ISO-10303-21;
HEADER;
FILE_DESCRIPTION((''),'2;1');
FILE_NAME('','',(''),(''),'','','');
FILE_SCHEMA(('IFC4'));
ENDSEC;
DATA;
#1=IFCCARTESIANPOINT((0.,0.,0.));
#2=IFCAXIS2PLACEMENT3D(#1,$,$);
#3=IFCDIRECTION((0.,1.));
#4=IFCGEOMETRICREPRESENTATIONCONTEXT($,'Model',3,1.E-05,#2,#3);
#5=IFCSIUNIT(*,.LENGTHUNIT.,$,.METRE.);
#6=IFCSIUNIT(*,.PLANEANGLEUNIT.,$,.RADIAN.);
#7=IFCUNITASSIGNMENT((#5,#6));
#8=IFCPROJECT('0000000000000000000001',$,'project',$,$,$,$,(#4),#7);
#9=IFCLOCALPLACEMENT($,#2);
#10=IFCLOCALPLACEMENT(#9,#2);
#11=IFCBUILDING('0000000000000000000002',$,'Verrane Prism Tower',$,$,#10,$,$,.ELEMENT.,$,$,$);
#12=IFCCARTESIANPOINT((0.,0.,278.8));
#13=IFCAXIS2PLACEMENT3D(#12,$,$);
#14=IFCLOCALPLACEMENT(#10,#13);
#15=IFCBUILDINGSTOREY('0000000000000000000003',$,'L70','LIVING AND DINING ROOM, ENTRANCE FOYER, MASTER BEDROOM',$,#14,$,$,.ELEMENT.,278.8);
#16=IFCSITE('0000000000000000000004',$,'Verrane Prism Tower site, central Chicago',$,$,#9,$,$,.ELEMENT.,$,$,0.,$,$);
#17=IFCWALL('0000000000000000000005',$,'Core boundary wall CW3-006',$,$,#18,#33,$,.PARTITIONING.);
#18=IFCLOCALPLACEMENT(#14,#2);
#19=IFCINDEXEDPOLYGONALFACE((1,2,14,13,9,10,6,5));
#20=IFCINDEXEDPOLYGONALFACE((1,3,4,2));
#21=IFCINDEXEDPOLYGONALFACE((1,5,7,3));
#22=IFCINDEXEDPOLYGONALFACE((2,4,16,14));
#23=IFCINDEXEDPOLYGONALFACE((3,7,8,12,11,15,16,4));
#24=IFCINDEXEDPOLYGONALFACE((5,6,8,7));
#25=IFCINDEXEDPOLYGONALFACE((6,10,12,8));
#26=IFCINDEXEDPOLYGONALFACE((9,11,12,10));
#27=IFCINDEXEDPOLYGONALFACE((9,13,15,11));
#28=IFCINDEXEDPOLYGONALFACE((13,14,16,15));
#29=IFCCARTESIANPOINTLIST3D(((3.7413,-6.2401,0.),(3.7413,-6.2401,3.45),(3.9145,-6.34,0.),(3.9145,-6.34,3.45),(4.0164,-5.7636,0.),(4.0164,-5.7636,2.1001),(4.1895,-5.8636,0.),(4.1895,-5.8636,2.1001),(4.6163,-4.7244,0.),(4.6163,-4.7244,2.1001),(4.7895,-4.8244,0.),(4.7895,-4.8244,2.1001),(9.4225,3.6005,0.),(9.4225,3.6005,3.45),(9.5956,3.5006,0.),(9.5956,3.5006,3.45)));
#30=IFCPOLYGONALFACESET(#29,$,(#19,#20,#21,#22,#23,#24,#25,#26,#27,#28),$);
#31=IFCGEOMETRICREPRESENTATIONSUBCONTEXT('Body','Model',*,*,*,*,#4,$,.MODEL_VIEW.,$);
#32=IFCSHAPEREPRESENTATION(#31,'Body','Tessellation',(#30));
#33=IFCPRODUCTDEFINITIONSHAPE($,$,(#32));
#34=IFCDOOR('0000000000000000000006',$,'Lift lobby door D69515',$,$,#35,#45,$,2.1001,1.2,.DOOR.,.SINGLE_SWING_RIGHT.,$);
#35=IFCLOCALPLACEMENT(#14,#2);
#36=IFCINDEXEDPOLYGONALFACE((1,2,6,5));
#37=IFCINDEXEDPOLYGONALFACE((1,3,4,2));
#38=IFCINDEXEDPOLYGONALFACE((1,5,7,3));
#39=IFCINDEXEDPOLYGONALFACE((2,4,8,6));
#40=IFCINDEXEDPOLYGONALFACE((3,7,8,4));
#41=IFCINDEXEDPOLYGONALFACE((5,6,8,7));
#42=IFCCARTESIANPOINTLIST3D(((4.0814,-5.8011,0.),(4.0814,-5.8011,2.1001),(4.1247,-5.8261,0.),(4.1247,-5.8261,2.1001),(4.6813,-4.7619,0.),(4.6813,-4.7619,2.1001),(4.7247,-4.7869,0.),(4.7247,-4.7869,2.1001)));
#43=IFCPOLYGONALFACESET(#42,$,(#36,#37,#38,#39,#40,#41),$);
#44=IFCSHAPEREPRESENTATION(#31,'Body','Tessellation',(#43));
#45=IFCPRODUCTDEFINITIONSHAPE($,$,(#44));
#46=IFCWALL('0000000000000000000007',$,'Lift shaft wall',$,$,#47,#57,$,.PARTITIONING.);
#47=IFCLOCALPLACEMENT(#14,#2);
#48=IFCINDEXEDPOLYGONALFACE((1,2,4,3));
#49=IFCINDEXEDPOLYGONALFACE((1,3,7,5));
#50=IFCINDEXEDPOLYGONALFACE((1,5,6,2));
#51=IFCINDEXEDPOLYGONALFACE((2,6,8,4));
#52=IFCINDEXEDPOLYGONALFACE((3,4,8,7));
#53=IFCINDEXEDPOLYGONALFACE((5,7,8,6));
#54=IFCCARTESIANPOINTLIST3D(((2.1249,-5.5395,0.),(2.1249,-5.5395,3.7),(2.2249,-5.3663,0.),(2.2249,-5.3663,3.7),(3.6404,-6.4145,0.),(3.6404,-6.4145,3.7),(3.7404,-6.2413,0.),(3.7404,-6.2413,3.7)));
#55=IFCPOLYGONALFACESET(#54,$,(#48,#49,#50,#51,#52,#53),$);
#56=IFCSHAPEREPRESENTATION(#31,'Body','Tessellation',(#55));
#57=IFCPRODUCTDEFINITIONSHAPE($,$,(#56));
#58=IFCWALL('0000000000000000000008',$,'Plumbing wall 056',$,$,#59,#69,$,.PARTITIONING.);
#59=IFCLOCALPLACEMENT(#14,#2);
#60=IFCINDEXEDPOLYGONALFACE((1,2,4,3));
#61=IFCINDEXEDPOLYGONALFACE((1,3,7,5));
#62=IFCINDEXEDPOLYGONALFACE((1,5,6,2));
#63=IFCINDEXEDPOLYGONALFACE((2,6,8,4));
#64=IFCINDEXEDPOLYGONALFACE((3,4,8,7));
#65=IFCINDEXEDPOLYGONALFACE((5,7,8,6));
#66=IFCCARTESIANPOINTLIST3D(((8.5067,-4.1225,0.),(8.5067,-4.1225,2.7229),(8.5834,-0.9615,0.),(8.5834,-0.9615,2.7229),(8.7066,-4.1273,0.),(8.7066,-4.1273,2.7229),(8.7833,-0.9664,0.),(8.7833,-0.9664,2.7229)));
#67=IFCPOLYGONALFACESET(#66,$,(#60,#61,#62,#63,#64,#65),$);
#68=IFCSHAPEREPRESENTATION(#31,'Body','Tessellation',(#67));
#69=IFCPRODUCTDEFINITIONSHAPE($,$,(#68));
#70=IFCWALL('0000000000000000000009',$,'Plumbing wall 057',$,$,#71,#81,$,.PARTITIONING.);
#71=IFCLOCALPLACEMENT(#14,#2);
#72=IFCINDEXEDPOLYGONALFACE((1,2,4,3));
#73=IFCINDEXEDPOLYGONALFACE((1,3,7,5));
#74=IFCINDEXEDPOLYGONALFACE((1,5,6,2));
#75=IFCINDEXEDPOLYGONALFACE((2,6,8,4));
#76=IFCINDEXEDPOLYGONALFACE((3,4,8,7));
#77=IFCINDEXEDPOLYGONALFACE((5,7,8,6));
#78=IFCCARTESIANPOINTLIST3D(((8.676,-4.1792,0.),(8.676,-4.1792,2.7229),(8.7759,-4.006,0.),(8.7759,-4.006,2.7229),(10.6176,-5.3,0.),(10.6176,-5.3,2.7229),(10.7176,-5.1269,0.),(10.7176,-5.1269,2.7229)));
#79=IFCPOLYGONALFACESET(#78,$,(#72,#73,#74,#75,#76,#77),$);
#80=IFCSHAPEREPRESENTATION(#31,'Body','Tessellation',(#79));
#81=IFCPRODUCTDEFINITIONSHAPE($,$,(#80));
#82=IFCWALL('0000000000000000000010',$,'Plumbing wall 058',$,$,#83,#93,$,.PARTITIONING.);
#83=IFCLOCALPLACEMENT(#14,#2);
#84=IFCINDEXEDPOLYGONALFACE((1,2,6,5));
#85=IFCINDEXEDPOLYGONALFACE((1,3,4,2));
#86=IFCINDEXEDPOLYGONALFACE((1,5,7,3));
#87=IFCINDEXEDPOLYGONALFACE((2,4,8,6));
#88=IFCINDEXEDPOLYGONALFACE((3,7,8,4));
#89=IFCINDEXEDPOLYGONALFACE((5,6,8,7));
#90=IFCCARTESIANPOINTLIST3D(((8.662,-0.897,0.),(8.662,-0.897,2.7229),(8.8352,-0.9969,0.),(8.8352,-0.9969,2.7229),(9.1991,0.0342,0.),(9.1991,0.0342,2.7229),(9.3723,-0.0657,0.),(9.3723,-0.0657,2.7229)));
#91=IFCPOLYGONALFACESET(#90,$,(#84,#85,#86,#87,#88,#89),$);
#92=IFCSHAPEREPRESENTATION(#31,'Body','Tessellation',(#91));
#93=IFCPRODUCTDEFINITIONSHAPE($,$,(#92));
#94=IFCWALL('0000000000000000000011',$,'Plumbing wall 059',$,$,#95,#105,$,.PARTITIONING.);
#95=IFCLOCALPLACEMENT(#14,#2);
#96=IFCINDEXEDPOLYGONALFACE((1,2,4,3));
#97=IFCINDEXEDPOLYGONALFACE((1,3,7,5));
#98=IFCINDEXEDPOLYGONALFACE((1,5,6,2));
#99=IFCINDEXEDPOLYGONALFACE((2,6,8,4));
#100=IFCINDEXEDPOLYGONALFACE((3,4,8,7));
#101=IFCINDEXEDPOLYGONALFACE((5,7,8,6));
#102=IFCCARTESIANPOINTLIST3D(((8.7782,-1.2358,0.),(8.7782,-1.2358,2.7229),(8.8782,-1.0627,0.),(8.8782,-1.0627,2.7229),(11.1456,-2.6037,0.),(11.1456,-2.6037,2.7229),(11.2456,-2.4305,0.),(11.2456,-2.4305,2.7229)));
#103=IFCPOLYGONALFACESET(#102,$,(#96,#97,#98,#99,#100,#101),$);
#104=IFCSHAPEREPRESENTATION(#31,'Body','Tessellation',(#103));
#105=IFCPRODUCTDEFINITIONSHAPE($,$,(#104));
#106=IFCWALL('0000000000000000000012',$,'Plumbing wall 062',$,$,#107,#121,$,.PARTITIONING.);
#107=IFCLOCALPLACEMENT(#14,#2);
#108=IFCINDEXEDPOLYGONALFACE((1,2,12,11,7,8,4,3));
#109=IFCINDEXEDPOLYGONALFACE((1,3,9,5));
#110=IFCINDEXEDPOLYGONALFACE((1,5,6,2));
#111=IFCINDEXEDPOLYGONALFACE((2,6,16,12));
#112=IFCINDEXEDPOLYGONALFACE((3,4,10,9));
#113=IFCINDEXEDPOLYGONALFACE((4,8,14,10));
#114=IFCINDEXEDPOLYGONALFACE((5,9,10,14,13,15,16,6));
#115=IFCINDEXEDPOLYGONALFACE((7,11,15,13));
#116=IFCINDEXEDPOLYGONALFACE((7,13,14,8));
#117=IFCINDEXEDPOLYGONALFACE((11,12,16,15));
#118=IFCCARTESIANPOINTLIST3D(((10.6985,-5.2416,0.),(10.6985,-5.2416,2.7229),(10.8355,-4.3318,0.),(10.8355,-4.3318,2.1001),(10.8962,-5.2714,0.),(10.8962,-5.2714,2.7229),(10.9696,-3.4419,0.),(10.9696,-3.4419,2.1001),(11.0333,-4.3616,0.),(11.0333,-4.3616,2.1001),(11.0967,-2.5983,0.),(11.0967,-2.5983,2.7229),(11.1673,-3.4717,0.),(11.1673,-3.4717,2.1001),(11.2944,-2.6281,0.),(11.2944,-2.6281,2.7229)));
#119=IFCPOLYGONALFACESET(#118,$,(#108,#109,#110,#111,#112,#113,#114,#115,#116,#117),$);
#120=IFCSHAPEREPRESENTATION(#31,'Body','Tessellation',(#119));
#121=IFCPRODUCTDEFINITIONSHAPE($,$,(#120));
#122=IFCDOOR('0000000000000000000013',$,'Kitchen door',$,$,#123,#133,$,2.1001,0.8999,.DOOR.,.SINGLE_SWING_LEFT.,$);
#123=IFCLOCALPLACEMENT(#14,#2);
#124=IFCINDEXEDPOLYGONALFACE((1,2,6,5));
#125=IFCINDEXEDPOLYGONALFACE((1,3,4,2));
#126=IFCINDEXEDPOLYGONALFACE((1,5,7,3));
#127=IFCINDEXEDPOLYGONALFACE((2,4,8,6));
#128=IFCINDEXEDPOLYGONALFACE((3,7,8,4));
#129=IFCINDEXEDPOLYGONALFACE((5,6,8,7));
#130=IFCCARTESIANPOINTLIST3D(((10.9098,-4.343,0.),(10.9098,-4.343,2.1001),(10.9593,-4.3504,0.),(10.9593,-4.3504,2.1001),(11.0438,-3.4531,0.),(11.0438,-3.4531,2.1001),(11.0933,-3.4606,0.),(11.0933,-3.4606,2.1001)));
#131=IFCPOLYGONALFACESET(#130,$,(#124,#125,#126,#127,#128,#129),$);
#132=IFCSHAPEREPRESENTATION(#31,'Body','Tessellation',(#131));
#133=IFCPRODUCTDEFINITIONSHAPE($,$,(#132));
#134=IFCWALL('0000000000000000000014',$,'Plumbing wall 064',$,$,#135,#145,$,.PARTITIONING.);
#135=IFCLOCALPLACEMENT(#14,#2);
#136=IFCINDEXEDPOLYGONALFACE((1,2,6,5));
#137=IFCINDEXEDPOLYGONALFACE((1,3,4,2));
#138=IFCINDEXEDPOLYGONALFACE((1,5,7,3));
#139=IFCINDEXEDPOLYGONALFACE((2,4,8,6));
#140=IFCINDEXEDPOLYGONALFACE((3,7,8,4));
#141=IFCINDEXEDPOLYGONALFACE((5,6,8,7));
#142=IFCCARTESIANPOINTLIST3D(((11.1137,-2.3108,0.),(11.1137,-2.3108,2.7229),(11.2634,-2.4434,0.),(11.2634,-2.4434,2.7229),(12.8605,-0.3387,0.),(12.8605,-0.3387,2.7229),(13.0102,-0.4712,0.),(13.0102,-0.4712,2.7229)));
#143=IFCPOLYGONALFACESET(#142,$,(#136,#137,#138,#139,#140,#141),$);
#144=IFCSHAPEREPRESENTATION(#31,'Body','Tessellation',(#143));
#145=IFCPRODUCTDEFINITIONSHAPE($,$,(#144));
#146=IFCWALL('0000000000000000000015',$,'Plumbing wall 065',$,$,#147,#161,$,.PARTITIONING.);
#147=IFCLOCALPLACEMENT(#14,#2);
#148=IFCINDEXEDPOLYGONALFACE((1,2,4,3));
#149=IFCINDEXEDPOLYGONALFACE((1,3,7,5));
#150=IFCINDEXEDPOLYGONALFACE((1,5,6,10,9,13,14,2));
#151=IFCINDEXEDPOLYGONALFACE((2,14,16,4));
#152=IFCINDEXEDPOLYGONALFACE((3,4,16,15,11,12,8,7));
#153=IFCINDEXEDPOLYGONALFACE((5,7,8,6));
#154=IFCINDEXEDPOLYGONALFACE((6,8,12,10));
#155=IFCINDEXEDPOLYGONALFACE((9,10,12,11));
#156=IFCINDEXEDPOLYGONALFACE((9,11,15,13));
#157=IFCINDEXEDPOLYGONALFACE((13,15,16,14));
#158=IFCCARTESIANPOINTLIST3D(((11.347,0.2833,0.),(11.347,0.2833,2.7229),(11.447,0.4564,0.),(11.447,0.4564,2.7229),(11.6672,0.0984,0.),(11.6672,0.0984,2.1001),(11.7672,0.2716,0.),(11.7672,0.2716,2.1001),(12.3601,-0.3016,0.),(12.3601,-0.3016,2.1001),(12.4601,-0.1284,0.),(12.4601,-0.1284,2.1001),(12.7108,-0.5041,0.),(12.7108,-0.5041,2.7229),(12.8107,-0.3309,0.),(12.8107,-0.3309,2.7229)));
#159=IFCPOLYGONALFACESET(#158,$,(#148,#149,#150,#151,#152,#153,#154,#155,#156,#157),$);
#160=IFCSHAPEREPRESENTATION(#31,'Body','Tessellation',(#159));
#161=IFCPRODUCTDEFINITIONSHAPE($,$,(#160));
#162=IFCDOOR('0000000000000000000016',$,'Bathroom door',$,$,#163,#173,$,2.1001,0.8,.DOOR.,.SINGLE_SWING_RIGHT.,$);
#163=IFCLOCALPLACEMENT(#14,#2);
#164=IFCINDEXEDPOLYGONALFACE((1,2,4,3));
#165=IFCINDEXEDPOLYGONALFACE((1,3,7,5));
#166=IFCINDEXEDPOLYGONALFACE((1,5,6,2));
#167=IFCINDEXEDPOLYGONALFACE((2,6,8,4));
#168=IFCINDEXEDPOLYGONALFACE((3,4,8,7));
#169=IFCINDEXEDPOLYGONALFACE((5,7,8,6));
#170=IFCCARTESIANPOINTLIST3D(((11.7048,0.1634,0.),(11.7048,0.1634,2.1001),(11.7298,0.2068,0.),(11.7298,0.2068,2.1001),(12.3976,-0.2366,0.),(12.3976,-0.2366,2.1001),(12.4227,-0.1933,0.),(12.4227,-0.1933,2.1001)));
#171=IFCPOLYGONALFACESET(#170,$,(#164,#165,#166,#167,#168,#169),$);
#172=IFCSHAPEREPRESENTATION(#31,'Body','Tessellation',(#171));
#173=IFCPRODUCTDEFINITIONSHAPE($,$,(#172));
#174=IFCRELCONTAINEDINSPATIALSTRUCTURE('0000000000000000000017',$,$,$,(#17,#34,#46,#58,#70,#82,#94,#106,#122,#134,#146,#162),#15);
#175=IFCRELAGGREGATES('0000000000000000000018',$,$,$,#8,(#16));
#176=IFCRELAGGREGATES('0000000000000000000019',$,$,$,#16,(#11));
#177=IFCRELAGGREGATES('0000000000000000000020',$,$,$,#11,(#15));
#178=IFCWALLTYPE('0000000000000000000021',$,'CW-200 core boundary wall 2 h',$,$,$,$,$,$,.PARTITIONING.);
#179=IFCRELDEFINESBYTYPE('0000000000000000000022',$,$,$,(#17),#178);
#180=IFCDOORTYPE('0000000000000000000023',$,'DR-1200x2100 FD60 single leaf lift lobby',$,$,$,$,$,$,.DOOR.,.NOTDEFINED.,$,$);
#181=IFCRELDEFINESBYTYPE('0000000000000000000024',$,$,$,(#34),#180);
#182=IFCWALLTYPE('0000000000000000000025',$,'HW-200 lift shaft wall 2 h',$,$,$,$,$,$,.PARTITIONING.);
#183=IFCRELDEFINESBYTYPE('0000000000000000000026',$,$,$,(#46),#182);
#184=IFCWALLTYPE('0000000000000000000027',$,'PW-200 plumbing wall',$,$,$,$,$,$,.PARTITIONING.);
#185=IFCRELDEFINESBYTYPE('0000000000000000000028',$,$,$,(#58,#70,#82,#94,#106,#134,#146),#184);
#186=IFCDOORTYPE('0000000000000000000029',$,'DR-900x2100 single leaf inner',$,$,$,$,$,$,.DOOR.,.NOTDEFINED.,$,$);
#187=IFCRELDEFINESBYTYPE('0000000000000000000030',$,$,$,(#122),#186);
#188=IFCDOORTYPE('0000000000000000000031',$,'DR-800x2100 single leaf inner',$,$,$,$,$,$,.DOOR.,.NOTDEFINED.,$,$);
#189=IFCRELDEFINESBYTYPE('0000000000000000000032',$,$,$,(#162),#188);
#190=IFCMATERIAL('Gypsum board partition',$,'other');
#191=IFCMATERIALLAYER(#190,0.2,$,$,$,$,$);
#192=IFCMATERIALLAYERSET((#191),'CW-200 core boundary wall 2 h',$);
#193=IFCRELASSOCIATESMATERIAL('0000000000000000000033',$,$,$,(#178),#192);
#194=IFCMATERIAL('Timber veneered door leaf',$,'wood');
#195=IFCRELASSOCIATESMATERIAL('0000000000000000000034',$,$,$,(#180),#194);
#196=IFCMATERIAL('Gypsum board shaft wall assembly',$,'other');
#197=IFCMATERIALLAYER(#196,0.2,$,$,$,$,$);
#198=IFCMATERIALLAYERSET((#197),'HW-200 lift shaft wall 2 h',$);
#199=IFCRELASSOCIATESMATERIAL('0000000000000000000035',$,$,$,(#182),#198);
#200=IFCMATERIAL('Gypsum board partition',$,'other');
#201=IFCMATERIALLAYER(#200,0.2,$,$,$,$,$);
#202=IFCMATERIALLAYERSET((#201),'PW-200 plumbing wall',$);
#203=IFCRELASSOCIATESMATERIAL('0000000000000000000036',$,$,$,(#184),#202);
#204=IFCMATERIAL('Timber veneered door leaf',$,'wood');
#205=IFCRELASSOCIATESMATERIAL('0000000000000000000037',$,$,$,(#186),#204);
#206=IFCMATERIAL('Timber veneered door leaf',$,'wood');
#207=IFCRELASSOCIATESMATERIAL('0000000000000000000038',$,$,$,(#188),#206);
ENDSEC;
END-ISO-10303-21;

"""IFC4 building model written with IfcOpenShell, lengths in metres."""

from ifc_helpers import new_model, si_unit, direction, frame, frame_2d, origin, place, context, subcontext, project, spatial, rectangle, extrude, material, layer, layer_set, type_object, element, fill, save


model = new_model("IFC4")

# Units and contexts
model_context = context("Model", 3, precision=1e-05, world=origin(), true_north=direction((0.0, 1.0)))
body_context = subcontext(model_context, "Body", "Model", "MODEL_VIEW")
ifc_project = project(units=[si_unit("LENGTHUNIT", "METRE"), si_unit("PLANEANGLEUNIT", "RADIAN")], contexts=[model_context])

# Site, building, storey
site_placement = place(None, origin())
site = spatial("IfcSite", under=ifc_project, at=site_placement, Name="Verrane Prism Tower site, central Chicago", CompositionType="ELEMENT", RefElevation=0.0)
building_placement = place(site_placement, origin())
building = spatial("IfcBuilding", under=site, at=building_placement, Name="Verrane Prism Tower", CompositionType="ELEMENT")
storey_placement = place(building_placement, frame((0.0, 0.0, 278.8)))
storey = spatial("IfcBuildingStorey", under=building, at=storey_placement, Name="L70", Description="LIVING AND DINING ROOM, ENTRANCE FOYER, MASTER BEDROOM", CompositionType="ELEMENT", Elevation=278.8)

# Wall, opening, door
ifc_material_1 = material(Name="Gypsum board partition", Category="other")
ifc_layer_1 = layer(ifc_material_1, 0.2)
ifc_layer_set_1 = layer_set([ifc_layer_1], Name="CW-200 core boundary wall 2 h")
wall_type_1 = type_object("IfcWallType", Name="CW-200 core boundary wall 2 h", PredefinedType="PARTITIONING", material=ifc_layer_set_1)
wall_1_placement = place(storey_placement, frame((3.8279, -6.29, 0.0), z_axis=(0.0, 0.0, 1.0), x_axis=(0.49998, 0.866037, 0.0)))
wall_1 = element("IfcWall", 1, at=wall_1_placement, inside=storey, type_object=wall_type_1, Name="Core boundary wall CW3-006", PredefinedType="PARTITIONING", context=body_context, shape_type="SweptSolid", body=[
    extrude(rectangle(XDim=11.3628, YDim=0.2, at=frame_2d((5.6814, 0.0))), origin(), (0.0, 0.0, 1.0), 3.45),
])
opening_1_placement = place(wall_1_placement, frame((0.55, 0.0, 0.0)))
opening_1 = element("IfcOpeningElement", 2, at=opening_1_placement, cuts=wall_1, PredefinedType="OPENING", context=body_context, shape_type="SweptSolid", body=[
    extrude(rectangle(XDim=1.2, YDim=2.1001, at=frame_2d((0.6001, 1.05))), frame((0.0, 0.1099, 0.0), z_axis=(0.0, -1.0, 0.0), x_axis=(1.0, 0.0, 0.0)), (0.0, 0.0, 1.0), 0.22),
])
ifc_material_2 = material(Name="Timber veneered door leaf", Category="wood")
door_type_1 = type_object("IfcDoorType", Name="DR-1200x2100 FD60 single leaf lift lobby", OperationType="NOTDEFINED", PredefinedType="DOOR", material=ifc_material_2)
door_1_placement = place(opening_1_placement, origin())
door_1 = element("IfcDoor", 3, at=door_1_placement, inside=storey, type_object=door_type_1, Name="Lift lobby door D69515", OperationType="SINGLE_SWING_RIGHT", OverallHeight=2.1001, OverallWidth=1.2, PredefinedType="DOOR", context=body_context, shape_type="SweptSolid", body=[
    extrude(rectangle(XDim=1.2, YDim=2.1001, at=frame_2d((0.6001, 1.05))), frame((0.0, 0.0249, 0.0), z_axis=(0.0, -1.0, 0.0), x_axis=(1.0, 0.0, 0.0)), (0.0, 0.0, 1.0), 0.05),
])
fill(opening_1, door_1)

# Walls
ifc_material_3 = material(Name="Gypsum board shaft wall assembly", Category="other")
ifc_layer_2 = layer(ifc_material_3, 0.2)
ifc_layer_set_2 = layer_set([ifc_layer_2], Name="HW-200 lift shaft wall 2 h")
wall_type_2 = type_object("IfcWallType", Name="HW-200 lift shaft wall 2 h", PredefinedType="PARTITIONING", material=ifc_layer_set_2)
wall_2_placement = place(storey_placement, frame((3.6904, -6.3279, 0.0), z_axis=(0.0, 0.0, 1.0), x_axis=(-0.866037, 0.49998, 0.0)))
element("IfcWall", 4, at=wall_2_placement, inside=storey, type_object=wall_type_2, Name="Lift shaft wall", PredefinedType="PARTITIONING", context=body_context, shape_type="SweptSolid", body=[
    extrude(rectangle(XDim=1.75, YDim=0.2, at=frame_2d((0.875, 0.0))), origin(), (0.0, 0.0, 1.0), 3.7),
])
ifc_material_4 = material(Name="Gypsum board partition", Category="other")
ifc_layer_3 = layer(ifc_material_4, 0.2)
ifc_layer_set_3 = layer_set([ifc_layer_3], Name="PW-200 plumbing wall")
wall_type_3 = type_object("IfcWallType", Name="PW-200 plumbing wall", PredefinedType="PARTITIONING", material=ifc_layer_set_3)
wall_3_placement = place(storey_placement, frame((8.6067, -4.125, 0.0), z_axis=(0.0, 0.0, 1.0), x_axis=(0.024246, 0.999706, 0.0)))
element("IfcWall", 5, at=wall_3_placement, inside=storey, type_object=wall_type_3, Name="Plumbing wall 056", PredefinedType="PARTITIONING", context=body_context, shape_type="SweptSolid", body=[
    extrude(rectangle(XDim=3.1619, YDim=0.2, at=frame_2d((1.5811, 0.0))), origin(), (0.0, 0.0, 1.0), 2.7229),
])
wall_4_placement = place(storey_placement, frame((8.7258, -4.0925, 0.0), z_axis=(0.0, 0.0, 1.0), x_axis=(0.866057, -0.499946, 0.0)))
element("IfcWall", 6, at=wall_4_placement, inside=storey, type_object=wall_type_3, Name="Plumbing wall 057", PredefinedType="PARTITIONING", context=body_context, shape_type="SweptSolid", body=[
    extrude(rectangle(XDim=2.2419, YDim=0.2, at=frame_2d((1.1211, 0.0))), origin(), (0.0, 0.0, 1.0), 2.7229),
])
wall_5_placement = place(storey_placement, frame((8.7485, -0.947, 0.0), z_axis=(0.0, 0.0, 1.0), x_axis=(0.499657, 0.866223, 0.0)))
element("IfcWall", 7, at=wall_5_placement, inside=storey, type_object=wall_type_3, Name="Plumbing wall 058", PredefinedType="PARTITIONING", context=body_context, shape_type="SweptSolid", body=[
    extrude(rectangle(XDim=1.075, YDim=0.2, at=frame_2d((0.5376, 0.0))), origin(), (0.0, 0.0, 1.0), 2.7229),
])
wall_6_placement = place(storey_placement, frame((8.8281, -1.1492, 0.0), z_axis=(0.0, 0.0, 1.0), x_axis=(0.865854, -0.500297, 0.0)))
element("IfcWall", 8, at=wall_6_placement, inside=storey, type_object=wall_type_3, Name="Plumbing wall 059", PredefinedType="PARTITIONING", context=body_context, shape_type="SweptSolid", body=[
    extrude(rectangle(XDim=2.7341, YDim=0.2, at=frame_2d((1.3672, 0.0))), origin(), (0.0, 0.0, 1.0), 2.7229),
])

# Wall, opening, door
wall_7_placement = place(storey_placement, frame((10.7974, -5.2563, 0.0), z_axis=(0.0, 0.0, 1.0), x_axis=(0.148961, 0.988843, 0.0)))
wall_7 = element("IfcWall", 9, at=wall_7_placement, inside=storey, type_object=wall_type_3, Name="Plumbing wall 062", PredefinedType="PARTITIONING", context=body_context, shape_type="SweptSolid", body=[
    extrude(rectangle(XDim=2.6731, YDim=0.2, at=frame_2d((1.3364, 0.0))), origin(), (0.0, 0.0, 1.0), 2.7229),
])
opening_2_placement = place(wall_7_placement, frame((0.9199, 0.0, 0.0)))
opening_2 = element("IfcOpeningElement", 10, at=opening_2_placement, cuts=wall_7, PredefinedType="OPENING", context=body_context, shape_type="SweptSolid", body=[
    extrude(rectangle(XDim=0.8999, YDim=2.1001, at=frame_2d((0.45, 1.05))), frame((0.0, 0.1099, 0.0), z_axis=(0.0, -1.0, 0.0), x_axis=(1.0, 0.0, 0.0)), (0.0, 0.0, 1.0), 0.22),
])
ifc_material_5 = material(Name="Timber veneered door leaf", Category="wood")
door_type_2 = type_object("IfcDoorType", Name="DR-900x2100 single leaf inner", OperationType="NOTDEFINED", PredefinedType="DOOR", material=ifc_material_5)
door_2_placement = place(opening_2_placement, origin())
door_2 = element("IfcDoor", 11, at=door_2_placement, inside=storey, type_object=door_type_2, Name="Kitchen door", OperationType="SINGLE_SWING_LEFT", OverallHeight=2.1001, OverallWidth=0.8999, PredefinedType="DOOR", context=body_context, shape_type="SweptSolid", body=[
    extrude(rectangle(XDim=0.8999, YDim=2.1001, at=frame_2d((0.45, 1.05))), frame((0.0, 0.0249, 0.0), z_axis=(0.0, -1.0, 0.0), x_axis=(1.0, 0.0, 0.0)), (0.0, 0.0, 1.0), 0.05),
])
fill(opening_2, door_2)

# Wall
wall_8_placement = place(storey_placement, frame((11.1885, -2.3772, 0.0), z_axis=(0.0, 0.0, 1.0), x_axis=(0.663046, 0.748579, 0.0)))
element("IfcWall", 12, at=wall_8_placement, inside=storey, type_object=wall_type_3, Name="Plumbing wall 064", PredefinedType="PARTITIONING", context=body_context, shape_type="SweptSolid", body=[
    extrude(rectangle(XDim=2.6345, YDim=0.2, at=frame_2d((1.3174, 0.0))), origin(), (0.0, 0.0, 1.0), 2.7229),
])

# Wall, opening, door
wall_9_placement = place(storey_placement, frame((12.7607, -0.4175, 0.0), z_axis=(0.0, 0.0, 1.0), x_axis=(-0.866031, 0.499991, 0.0)))
wall_9 = element("IfcWall", 13, at=wall_9_placement, inside=storey, type_object=wall_type_3, Name="Plumbing wall 065", PredefinedType="PARTITIONING", context=body_context, shape_type="SweptSolid", body=[
    extrude(rectangle(XDim=1.5747, YDim=0.2, at=frame_2d((0.7874, 0.0))), origin(), (0.0, 0.0, 1.0), 2.7229),
])
opening_3_placement = place(wall_9_placement, frame((0.405, 0.0, 0.0)))
opening_3 = element("IfcOpeningElement", 14, at=opening_3_placement, cuts=wall_9, PredefinedType="OPENING", context=body_context, shape_type="SweptSolid", body=[
    extrude(rectangle(XDim=0.8, YDim=2.1001, at=frame_2d((0.3999, 1.05))), frame((0.0, 0.1099, 0.0), z_axis=(0.0, -1.0, 0.0), x_axis=(1.0, 0.0, 0.0)), (0.0, 0.0, 1.0), 0.22),
])
ifc_material_6 = material(Name="Timber veneered door leaf", Category="wood")
door_type_3 = type_object("IfcDoorType", Name="DR-800x2100 single leaf inner", OperationType="NOTDEFINED", PredefinedType="DOOR", material=ifc_material_6)
door_3_placement = place(opening_3_placement, origin())
door_3 = element("IfcDoor", 15, at=door_3_placement, inside=storey, type_object=door_type_3, Name="Bathroom door", OperationType="SINGLE_SWING_RIGHT", OverallHeight=2.1001, OverallWidth=0.8, PredefinedType="DOOR", context=body_context, shape_type="SweptSolid", body=[
    extrude(rectangle(XDim=0.8, YDim=2.1001, at=frame_2d((0.3999, 1.05))), frame((0.0, 0.0249, 0.0), z_axis=(0.0, -1.0, 0.0), x_axis=(1.0, 0.0, 0.0)), (0.0, 0.0, 1.0), 0.05),
])
fill(opening_3, door_3)

save(model, "model.ifc")
